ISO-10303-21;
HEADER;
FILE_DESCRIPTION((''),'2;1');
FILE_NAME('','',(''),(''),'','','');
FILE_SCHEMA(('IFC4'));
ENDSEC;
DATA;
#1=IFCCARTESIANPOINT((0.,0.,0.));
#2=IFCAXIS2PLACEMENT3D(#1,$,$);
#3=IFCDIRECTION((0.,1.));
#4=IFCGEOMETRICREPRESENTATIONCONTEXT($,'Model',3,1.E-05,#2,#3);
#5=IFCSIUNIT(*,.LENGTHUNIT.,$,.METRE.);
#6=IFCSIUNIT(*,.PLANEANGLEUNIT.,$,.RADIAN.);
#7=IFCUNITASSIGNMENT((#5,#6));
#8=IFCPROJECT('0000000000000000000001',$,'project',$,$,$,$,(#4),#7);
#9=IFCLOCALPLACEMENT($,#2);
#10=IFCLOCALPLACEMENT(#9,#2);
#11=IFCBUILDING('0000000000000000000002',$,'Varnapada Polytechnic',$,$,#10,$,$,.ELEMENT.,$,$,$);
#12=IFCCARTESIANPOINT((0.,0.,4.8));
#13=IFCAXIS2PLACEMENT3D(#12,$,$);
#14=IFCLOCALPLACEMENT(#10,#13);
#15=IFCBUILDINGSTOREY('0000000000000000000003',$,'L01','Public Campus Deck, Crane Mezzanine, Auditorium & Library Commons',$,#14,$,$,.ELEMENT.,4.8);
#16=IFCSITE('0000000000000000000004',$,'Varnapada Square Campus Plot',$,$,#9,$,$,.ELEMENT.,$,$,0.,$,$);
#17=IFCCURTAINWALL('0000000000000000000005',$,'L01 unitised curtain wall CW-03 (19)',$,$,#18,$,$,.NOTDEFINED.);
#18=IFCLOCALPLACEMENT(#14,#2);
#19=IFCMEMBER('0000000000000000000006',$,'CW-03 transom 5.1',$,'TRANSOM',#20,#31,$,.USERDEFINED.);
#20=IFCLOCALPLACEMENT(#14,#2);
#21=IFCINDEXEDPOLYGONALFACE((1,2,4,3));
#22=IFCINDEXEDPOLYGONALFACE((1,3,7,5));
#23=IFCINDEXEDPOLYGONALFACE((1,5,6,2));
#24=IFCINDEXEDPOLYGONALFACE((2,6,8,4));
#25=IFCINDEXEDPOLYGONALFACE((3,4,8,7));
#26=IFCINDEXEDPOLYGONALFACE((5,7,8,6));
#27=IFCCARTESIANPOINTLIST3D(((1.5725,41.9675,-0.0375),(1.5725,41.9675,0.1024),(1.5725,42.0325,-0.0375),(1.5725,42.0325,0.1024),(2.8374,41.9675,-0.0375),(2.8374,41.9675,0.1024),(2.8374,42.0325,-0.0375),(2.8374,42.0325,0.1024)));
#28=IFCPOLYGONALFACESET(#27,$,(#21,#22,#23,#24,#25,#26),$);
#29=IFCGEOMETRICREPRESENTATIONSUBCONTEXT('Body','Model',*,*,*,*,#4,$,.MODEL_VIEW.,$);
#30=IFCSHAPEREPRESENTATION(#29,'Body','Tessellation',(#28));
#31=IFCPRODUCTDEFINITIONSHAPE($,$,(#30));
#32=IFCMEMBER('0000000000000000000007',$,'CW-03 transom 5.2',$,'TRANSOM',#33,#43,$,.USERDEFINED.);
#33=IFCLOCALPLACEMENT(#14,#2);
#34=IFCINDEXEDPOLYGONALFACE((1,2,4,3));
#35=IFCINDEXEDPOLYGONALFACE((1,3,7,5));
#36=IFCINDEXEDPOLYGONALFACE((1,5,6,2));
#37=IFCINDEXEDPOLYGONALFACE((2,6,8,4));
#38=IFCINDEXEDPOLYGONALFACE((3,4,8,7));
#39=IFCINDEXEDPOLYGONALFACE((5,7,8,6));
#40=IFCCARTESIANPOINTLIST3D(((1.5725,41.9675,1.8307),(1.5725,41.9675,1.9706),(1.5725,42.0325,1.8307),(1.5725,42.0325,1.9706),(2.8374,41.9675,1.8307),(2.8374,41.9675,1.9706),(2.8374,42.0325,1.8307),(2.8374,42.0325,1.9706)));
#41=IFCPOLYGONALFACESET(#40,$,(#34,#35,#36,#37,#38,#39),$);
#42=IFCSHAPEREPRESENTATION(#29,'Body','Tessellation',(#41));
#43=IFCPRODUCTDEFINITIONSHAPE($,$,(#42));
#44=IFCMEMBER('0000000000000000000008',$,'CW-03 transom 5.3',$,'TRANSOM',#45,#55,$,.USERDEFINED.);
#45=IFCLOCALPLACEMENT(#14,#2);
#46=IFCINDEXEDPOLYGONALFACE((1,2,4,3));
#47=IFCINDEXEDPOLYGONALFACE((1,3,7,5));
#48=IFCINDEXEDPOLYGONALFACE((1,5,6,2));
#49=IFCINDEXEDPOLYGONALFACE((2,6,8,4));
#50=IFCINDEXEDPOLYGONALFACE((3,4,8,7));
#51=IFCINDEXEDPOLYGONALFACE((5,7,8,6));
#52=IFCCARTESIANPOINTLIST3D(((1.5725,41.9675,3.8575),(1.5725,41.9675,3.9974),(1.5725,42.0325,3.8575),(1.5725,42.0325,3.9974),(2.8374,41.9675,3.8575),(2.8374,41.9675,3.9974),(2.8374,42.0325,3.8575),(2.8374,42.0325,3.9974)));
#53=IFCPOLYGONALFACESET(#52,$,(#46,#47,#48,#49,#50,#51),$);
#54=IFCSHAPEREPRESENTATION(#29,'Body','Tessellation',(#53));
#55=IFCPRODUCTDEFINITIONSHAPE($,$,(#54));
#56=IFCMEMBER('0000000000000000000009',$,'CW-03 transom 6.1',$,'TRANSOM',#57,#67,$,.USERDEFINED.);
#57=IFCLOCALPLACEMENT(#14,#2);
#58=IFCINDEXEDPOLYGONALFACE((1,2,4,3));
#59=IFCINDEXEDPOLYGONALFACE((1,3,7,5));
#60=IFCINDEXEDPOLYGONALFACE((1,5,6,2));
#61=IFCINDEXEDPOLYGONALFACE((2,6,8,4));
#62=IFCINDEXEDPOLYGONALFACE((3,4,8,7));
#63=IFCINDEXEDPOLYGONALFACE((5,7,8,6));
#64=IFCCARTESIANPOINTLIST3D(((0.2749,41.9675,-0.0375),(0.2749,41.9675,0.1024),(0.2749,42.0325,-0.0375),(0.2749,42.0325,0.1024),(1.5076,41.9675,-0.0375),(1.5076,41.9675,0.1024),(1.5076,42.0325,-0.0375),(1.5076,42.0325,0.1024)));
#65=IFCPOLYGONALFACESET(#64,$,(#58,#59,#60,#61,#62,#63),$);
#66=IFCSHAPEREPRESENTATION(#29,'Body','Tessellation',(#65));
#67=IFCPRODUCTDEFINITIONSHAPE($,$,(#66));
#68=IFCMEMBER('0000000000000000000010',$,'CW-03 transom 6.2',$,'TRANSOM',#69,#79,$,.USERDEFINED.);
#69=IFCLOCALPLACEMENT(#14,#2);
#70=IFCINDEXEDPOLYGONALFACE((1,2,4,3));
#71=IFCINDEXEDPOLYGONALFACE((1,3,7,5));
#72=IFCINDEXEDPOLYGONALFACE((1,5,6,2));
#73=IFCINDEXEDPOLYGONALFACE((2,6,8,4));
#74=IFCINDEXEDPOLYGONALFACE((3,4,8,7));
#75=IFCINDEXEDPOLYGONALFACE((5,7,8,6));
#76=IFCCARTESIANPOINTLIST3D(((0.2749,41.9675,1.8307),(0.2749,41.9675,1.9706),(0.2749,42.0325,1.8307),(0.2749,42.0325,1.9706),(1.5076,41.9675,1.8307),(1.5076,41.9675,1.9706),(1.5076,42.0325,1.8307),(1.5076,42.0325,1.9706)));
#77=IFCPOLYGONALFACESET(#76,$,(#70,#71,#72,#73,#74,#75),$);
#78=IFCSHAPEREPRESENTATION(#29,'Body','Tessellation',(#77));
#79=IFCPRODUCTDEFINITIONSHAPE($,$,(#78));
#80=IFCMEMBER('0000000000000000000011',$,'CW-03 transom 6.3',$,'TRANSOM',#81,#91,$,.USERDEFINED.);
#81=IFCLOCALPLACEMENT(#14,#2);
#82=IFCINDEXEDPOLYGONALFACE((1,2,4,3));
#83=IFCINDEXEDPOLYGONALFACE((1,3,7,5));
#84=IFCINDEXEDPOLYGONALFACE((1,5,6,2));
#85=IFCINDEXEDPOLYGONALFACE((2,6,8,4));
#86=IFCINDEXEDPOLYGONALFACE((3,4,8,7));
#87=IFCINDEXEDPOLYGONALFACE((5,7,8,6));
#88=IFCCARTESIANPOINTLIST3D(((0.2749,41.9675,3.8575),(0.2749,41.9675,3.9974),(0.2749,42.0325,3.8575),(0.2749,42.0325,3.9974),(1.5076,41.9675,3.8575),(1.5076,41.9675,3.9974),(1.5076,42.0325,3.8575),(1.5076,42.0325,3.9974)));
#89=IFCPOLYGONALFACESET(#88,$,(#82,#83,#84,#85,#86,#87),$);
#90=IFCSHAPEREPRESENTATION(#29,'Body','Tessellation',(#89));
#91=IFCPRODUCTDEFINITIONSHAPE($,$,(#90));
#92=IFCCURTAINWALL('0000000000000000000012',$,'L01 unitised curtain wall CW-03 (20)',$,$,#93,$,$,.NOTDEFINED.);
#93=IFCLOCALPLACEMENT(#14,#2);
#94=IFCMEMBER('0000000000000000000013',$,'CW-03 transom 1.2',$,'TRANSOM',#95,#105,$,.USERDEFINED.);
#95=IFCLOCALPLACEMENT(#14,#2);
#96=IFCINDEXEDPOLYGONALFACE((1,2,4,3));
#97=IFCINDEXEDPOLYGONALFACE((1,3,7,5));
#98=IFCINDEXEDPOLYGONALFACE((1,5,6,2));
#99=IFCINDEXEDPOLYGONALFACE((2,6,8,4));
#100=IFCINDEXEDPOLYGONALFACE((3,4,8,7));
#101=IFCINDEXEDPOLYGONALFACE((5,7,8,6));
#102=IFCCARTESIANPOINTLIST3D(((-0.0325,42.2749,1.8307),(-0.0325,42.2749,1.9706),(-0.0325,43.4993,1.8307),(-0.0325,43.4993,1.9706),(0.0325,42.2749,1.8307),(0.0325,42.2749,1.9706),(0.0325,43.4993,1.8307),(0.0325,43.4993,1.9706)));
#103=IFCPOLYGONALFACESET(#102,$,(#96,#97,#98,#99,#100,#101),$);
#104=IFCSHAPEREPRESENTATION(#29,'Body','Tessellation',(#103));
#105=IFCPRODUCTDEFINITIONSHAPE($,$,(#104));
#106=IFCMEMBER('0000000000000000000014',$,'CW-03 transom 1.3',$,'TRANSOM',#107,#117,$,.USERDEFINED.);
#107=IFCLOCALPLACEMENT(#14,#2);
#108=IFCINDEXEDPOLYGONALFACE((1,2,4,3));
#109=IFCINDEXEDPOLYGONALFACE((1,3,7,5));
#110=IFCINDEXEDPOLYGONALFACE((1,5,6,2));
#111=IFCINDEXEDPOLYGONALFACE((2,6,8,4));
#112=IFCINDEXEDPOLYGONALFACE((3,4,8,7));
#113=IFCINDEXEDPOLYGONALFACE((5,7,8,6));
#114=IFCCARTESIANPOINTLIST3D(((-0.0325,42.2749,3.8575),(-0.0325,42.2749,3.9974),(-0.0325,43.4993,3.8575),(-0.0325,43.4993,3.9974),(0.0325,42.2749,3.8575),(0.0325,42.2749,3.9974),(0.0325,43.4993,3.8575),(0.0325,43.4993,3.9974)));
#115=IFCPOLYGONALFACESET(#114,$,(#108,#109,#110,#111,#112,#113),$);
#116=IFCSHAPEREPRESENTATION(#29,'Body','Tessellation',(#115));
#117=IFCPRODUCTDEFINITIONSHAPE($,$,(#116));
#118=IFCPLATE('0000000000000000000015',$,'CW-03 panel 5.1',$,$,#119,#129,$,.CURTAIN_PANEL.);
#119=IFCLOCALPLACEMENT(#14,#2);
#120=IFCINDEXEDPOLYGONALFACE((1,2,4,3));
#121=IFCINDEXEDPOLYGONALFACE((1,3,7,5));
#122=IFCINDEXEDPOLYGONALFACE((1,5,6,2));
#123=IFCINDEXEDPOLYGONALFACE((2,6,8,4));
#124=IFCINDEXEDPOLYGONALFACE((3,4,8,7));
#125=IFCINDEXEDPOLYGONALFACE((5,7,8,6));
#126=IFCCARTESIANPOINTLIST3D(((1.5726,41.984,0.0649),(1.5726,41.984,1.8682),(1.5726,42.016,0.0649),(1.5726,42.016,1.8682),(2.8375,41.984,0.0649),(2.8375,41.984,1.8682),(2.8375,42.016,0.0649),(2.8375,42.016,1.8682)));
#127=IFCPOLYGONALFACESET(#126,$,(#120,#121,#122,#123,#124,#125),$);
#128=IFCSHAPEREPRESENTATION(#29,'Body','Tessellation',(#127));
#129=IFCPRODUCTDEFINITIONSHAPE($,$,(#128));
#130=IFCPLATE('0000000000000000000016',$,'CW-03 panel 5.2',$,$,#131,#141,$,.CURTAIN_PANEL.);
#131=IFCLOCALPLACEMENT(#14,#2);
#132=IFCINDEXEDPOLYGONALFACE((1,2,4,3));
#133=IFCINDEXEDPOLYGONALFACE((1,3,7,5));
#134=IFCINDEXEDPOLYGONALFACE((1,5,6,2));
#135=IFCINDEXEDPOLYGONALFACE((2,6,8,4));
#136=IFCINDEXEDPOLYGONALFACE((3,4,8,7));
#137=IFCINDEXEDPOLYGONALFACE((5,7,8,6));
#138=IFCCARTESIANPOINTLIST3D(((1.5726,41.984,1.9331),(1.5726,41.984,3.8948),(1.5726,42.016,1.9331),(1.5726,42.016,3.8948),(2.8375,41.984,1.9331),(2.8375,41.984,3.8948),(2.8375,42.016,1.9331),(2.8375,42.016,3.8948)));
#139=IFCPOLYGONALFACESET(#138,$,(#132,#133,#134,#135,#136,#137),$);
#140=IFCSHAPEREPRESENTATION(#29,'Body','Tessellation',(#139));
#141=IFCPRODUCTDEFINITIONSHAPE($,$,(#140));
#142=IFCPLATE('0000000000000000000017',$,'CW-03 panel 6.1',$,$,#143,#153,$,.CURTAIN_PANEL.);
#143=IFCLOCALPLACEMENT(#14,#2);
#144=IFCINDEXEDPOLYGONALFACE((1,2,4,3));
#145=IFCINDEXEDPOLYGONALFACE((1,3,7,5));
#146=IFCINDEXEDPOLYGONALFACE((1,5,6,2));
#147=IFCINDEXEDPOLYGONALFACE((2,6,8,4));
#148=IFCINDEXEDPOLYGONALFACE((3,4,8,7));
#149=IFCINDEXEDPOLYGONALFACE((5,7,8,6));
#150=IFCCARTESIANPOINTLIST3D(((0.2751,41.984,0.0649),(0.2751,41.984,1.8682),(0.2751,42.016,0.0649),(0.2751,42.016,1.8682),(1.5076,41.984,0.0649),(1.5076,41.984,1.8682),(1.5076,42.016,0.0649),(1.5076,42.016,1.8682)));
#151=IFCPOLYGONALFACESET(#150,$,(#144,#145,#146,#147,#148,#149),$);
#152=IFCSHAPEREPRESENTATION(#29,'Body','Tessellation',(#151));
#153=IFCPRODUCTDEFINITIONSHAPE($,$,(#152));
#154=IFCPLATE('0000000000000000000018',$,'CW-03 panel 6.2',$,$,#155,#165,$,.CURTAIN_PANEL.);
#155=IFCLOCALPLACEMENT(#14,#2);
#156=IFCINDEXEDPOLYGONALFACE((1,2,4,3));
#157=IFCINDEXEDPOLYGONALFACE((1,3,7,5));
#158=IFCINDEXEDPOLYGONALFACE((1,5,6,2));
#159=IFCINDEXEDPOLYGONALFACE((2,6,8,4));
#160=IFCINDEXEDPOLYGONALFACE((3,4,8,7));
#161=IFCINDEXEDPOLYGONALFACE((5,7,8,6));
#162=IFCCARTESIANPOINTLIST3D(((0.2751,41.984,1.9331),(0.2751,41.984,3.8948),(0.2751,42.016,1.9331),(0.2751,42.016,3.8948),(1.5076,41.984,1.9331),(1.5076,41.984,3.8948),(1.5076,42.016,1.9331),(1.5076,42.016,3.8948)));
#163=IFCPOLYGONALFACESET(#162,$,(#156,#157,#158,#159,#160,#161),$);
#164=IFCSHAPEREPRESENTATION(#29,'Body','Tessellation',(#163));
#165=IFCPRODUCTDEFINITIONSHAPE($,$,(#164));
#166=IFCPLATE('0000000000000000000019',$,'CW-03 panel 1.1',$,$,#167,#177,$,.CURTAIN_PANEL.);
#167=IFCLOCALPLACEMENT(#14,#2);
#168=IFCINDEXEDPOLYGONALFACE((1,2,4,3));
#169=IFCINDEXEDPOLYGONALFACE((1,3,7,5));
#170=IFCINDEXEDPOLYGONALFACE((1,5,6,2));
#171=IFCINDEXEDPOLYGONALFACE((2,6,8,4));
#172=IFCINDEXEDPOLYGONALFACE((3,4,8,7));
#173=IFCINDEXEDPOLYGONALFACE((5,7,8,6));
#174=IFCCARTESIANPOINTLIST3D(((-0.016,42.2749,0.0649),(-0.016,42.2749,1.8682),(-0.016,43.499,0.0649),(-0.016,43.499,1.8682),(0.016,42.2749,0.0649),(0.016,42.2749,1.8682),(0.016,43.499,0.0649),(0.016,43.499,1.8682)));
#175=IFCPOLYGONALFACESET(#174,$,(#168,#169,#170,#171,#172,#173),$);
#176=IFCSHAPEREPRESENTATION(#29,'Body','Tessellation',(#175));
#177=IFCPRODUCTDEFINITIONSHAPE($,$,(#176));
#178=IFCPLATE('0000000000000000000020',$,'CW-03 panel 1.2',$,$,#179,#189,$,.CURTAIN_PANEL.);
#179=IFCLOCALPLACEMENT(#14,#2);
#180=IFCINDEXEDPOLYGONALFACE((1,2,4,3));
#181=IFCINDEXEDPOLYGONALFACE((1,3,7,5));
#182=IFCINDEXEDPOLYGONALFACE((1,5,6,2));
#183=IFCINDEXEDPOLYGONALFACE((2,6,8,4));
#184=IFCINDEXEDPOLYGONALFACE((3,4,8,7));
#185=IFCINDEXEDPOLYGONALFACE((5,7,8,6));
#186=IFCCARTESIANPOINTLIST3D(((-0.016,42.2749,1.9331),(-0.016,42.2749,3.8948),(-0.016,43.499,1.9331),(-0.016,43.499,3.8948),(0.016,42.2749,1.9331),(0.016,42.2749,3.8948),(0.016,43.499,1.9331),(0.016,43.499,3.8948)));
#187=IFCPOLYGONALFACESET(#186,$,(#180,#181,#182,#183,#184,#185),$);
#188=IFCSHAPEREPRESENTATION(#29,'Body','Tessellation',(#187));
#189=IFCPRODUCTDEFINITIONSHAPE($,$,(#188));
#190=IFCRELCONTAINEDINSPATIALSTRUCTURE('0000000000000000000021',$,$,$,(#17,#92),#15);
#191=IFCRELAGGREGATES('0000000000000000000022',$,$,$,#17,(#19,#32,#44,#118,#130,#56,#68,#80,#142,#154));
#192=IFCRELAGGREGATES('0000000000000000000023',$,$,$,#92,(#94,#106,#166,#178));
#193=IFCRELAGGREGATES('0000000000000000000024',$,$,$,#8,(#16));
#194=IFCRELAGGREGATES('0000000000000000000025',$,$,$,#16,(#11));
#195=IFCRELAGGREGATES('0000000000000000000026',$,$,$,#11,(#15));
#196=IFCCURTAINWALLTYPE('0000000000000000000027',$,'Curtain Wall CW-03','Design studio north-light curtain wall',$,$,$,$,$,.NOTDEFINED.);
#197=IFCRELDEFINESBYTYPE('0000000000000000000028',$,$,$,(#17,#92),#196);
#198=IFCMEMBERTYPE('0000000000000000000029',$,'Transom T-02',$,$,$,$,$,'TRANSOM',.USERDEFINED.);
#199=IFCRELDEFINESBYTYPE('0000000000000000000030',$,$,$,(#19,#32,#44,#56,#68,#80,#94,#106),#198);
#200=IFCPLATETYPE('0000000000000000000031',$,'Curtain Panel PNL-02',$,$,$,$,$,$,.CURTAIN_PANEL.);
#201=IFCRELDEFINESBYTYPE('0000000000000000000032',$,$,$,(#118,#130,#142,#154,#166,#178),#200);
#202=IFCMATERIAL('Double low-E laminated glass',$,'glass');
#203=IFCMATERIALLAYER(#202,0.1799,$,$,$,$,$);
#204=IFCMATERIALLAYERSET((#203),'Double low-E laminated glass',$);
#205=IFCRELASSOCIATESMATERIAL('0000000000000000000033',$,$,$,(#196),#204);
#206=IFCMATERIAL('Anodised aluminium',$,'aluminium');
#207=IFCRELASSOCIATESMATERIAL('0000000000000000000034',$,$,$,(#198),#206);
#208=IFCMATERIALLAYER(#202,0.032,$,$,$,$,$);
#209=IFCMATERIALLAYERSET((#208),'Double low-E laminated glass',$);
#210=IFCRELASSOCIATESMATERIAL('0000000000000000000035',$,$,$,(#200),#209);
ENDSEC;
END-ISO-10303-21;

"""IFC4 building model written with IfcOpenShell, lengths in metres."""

from ifc_helpers import new_model, si_unit, direction, frame, origin, origin_2d, place, context, subcontext, project, spatial, rectangle, extrude, material, layer, layer_set, material_profile, profile_set, type_object, element, aggregate, save


model = new_model("IFC4")

# Units and contexts
model_context = context("Model", 3, precision=1e-05, world=origin(), true_north=direction((0.0, 1.0)))
body_context = subcontext(model_context, "Body", "Model", "MODEL_VIEW")
ifc_project = project(units=[si_unit("LENGTHUNIT", "METRE"), si_unit("PLANEANGLEUNIT", "RADIAN")], contexts=[model_context])

# Site, building, storey
site_placement = place(None, origin())
site = spatial("IfcSite", under=ifc_project, at=site_placement, Name="Varnapada Square Campus Plot", CompositionType="ELEMENT", RefElevation=0.0)
building_placement = place(site_placement, origin())
building = spatial("IfcBuilding", under=site, at=building_placement, Name="Varnapada Polytechnic", CompositionType="ELEMENT")
storey_placement = place(building_placement, frame((0.0, 0.0, 4.8)))
storey = spatial("IfcBuildingStorey", under=building, at=storey_placement, Name="L01", Description="Public Campus Deck, Crane Mezzanine, Auditorium & Library Commons", CompositionType="ELEMENT", Elevation=4.8)

# Curtain walls, members
ifc_material_1 = material(Name="Double low-E laminated glass", Category="glass")
ifc_layer_1 = layer(ifc_material_1, 0.1799)
ifc_layer_set_1 = layer_set([ifc_layer_1], Name="Double low-E laminated glass")
curtain_wall_type = type_object("IfcCurtainWallType", Name="Curtain Wall CW-03", Description="Design studio north-light curtain wall", PredefinedType="NOTDEFINED", material=ifc_layer_set_1)
curtain_wall_1_placement = place(storey_placement, origin())
curtain_wall_1 = element("IfcCurtainWall", 1, at=curtain_wall_1_placement, inside=storey, type_object=curtain_wall_type, Name="L01 unitised curtain wall CW-03 (19)", PredefinedType="NOTDEFINED")
ifc_material_2 = material(Name="Anodised aluminium", Category="aluminium")
ifc_material_profile = material_profile(ifc_material_2, rectangle(XDim=0.0649, YDim=0.1399, at=origin_2d()), Name="ALU T65x140")
ifc_profile_set = profile_set([ifc_material_profile], Name="Anodised aluminium")
member_type = type_object("IfcMemberType", Name="Transom T-02", ElementType="TRANSOM", PredefinedType="USERDEFINED", material=ifc_profile_set)
member_1_placement = place(storey_placement, frame((2.8374, 42.0, 0.0325), z_axis=(-1.0, 0.0, 0.0), x_axis=(0.0, -1.0, 0.0)))
member_1 = element("IfcMember", 2, at=member_1_placement, type_object=member_type, Name="CW-03 transom 5.1", ObjectType="TRANSOM", PredefinedType="USERDEFINED", context=body_context, shape_type="SweptSolid", body=[
    extrude(rectangle(XDim=0.0649, YDim=0.1399, at=origin_2d()), origin(), (0.0, 0.0, 1.0), 1.2649),
])
member_2_placement = place(storey_placement, frame((2.8374, 42.0, 1.9006), z_axis=(-1.0, 0.0, 0.0), x_axis=(0.0, -1.0, 0.0)))
member_2 = element("IfcMember", 3, at=member_2_placement, type_object=member_type, Name="CW-03 transom 5.2", ObjectType="TRANSOM", PredefinedType="USERDEFINED", context=body_context, shape_type="SweptSolid", body=[
    extrude(rectangle(XDim=0.0649, YDim=0.1399, at=origin_2d()), origin(), (0.0, 0.0, 1.0), 1.2649),
])
member_3_placement = place(storey_placement, frame((2.8374, 42.0, 3.9275), z_axis=(-1.0, 0.0, 0.0), x_axis=(0.0, -1.0, 0.0)))
member_3 = element("IfcMember", 4, at=member_3_placement, type_object=member_type, Name="CW-03 transom 5.3", ObjectType="TRANSOM", PredefinedType="USERDEFINED", context=body_context, shape_type="SweptSolid", body=[
    extrude(rectangle(XDim=0.0649, YDim=0.1399, at=origin_2d()), origin(), (0.0, 0.0, 1.0), 1.2649),
])
member_4_placement = place(storey_placement, frame((1.5076, 42.0, 0.0325), z_axis=(-1.0, 0.0, 0.0), x_axis=(0.0, -1.0, 0.0)))
member_4 = element("IfcMember", 5, at=member_4_placement, type_object=member_type, Name="CW-03 transom 6.1", ObjectType="TRANSOM", PredefinedType="USERDEFINED", context=body_context, shape_type="SweptSolid", body=[
    extrude(rectangle(XDim=0.0649, YDim=0.1399, at=origin_2d()), origin(), (0.0, 0.0, 1.0), 1.2327),
])
member_5_placement = place(storey_placement, frame((1.5076, 42.0, 1.9006), z_axis=(-1.0, 0.0, 0.0), x_axis=(0.0, -1.0, 0.0)))
member_5 = element("IfcMember", 6, at=member_5_placement, type_object=member_type, Name="CW-03 transom 6.2", ObjectType="TRANSOM", PredefinedType="USERDEFINED", context=body_context, shape_type="SweptSolid", body=[
    extrude(rectangle(XDim=0.0649, YDim=0.1399, at=origin_2d()), origin(), (0.0, 0.0, 1.0), 1.2327),
])
member_6_placement = place(storey_placement, frame((1.5076, 42.0, 3.9275), z_axis=(-1.0, 0.0, 0.0), x_axis=(0.0, -1.0, 0.0)))
member_6 = element("IfcMember", 7, at=member_6_placement, type_object=member_type, Name="CW-03 transom 6.3", ObjectType="TRANSOM", PredefinedType="USERDEFINED", context=body_context, shape_type="SweptSolid", body=[
    extrude(rectangle(XDim=0.0649, YDim=0.1399, at=origin_2d()), origin(), (0.0, 0.0, 1.0), 1.2327),
])
curtain_wall_2_placement = place(storey_placement, origin())
curtain_wall_2 = element("IfcCurtainWall", 8, at=curtain_wall_2_placement, inside=storey, type_object=curtain_wall_type, Name="L01 unitised curtain wall CW-03 (20)", PredefinedType="NOTDEFINED")
member_7_placement = place(storey_placement, frame((0.0, 42.2749, 1.9006), z_axis=(0.0, 1.0, 0.0), x_axis=(-1.0, 0.0, 0.0)))
member_7 = element("IfcMember", 9, at=member_7_placement, type_object=member_type, Name="CW-03 transom 1.2", ObjectType="TRANSOM", PredefinedType="USERDEFINED", context=body_context, shape_type="SweptSolid", body=[
    extrude(rectangle(XDim=0.0649, YDim=0.1399, at=origin_2d()), origin(), (0.0, 0.0, 1.0), 1.2244),
])
member_8_placement = place(storey_placement, frame((0.0, 42.2749, 3.9275), z_axis=(0.0, 1.0, 0.0), x_axis=(-1.0, 0.0, 0.0)))
member_8 = element("IfcMember", 10, at=member_8_placement, type_object=member_type, Name="CW-03 transom 1.3", ObjectType="TRANSOM", PredefinedType="USERDEFINED", context=body_context, shape_type="SweptSolid", body=[
    extrude(rectangle(XDim=0.0649, YDim=0.1399, at=origin_2d()), origin(), (0.0, 0.0, 1.0), 1.2244),
])

# Plates
ifc_layer_2 = layer(ifc_material_1, 0.032)
ifc_layer_set_2 = layer_set([ifc_layer_2], Name="Double low-E laminated glass")
plate_type = type_object("IfcPlateType", Name="Curtain Panel PNL-02", PredefinedType="CURTAIN_PANEL", material=ifc_layer_set_2)
plate_1_placement = place(storey_placement, frame((2.2051, 42.0, 0.0649), z_axis=(0.0, 0.0, 1.0), x_axis=(-1.0, 0.0, 0.0)))
plate_1 = element("IfcPlate", 11, at=plate_1_placement, type_object=plate_type, Name="CW-03 panel 5.1", PredefinedType="CURTAIN_PANEL", context=body_context, shape_type="SweptSolid", body=[
    extrude(rectangle(XDim=1.2649, YDim=0.032, at=origin_2d()), origin(), (0.0, 0.0, 1.0), 1.8032),
])
plate_2_placement = place(storey_placement, frame((2.2051, 42.0, 1.9331), z_axis=(0.0, 0.0, 1.0), x_axis=(-1.0, 0.0, 0.0)))
plate_2 = element("IfcPlate", 12, at=plate_2_placement, type_object=plate_type, Name="CW-03 panel 5.2", PredefinedType="CURTAIN_PANEL", context=body_context, shape_type="SweptSolid", body=[
    extrude(rectangle(XDim=1.2649, YDim=0.032, at=origin_2d()), origin(), (0.0, 0.0, 1.0), 1.9617),
])
plate_3_placement = place(storey_placement, frame((0.8914, 42.0, 0.0649), z_axis=(0.0, 0.0, 1.0), x_axis=(-1.0, 0.0, 0.0)))
plate_3 = element("IfcPlate", 13, at=plate_3_placement, type_object=plate_type, Name="CW-03 panel 6.1", PredefinedType="CURTAIN_PANEL", context=body_context, shape_type="SweptSolid", body=[
    extrude(rectangle(XDim=1.2324, YDim=0.032, at=origin_2d()), origin(), (0.0, 0.0, 1.0), 1.8032),
])
plate_4_placement = place(storey_placement, frame((0.8914, 42.0, 1.9331), z_axis=(0.0, 0.0, 1.0), x_axis=(-1.0, 0.0, 0.0)))
plate_4 = element("IfcPlate", 14, at=plate_4_placement, type_object=plate_type, Name="CW-03 panel 6.2", PredefinedType="CURTAIN_PANEL", context=body_context, shape_type="SweptSolid", body=[
    extrude(rectangle(XDim=1.2324, YDim=0.032, at=origin_2d()), origin(), (0.0, 0.0, 1.0), 1.9617),
])
aggregate(curtain_wall_1, [member_1, member_2, member_3, plate_1, plate_2, member_4, member_5, member_6, plate_3, plate_4])
plate_5_placement = place(storey_placement, frame((0.0, 42.887, 0.0649), z_axis=(0.0, 0.0, 1.0), x_axis=(0.0, 1.0, 0.0)))
plate_5 = element("IfcPlate", 15, at=plate_5_placement, type_object=plate_type, Name="CW-03 panel 1.1", PredefinedType="CURTAIN_PANEL", context=body_context, shape_type="SweptSolid", body=[
    extrude(rectangle(XDim=1.2241, YDim=0.032, at=origin_2d()), origin(), (0.0, 0.0, 1.0), 1.8032),
])
plate_6_placement = place(storey_placement, frame((0.0, 42.887, 1.9331), z_axis=(0.0, 0.0, 1.0), x_axis=(0.0, 1.0, 0.0)))
plate_6 = element("IfcPlate", 16, at=plate_6_placement, type_object=plate_type, Name="CW-03 panel 1.2", PredefinedType="CURTAIN_PANEL", context=body_context, shape_type="SweptSolid", body=[
    extrude(rectangle(XDim=1.2241, YDim=0.032, at=origin_2d()), origin(), (0.0, 0.0, 1.0), 1.9617),
])
aggregate(curtain_wall_2, [member_7, member_8, plate_5, plate_6])

save(model, "model.ifc")
